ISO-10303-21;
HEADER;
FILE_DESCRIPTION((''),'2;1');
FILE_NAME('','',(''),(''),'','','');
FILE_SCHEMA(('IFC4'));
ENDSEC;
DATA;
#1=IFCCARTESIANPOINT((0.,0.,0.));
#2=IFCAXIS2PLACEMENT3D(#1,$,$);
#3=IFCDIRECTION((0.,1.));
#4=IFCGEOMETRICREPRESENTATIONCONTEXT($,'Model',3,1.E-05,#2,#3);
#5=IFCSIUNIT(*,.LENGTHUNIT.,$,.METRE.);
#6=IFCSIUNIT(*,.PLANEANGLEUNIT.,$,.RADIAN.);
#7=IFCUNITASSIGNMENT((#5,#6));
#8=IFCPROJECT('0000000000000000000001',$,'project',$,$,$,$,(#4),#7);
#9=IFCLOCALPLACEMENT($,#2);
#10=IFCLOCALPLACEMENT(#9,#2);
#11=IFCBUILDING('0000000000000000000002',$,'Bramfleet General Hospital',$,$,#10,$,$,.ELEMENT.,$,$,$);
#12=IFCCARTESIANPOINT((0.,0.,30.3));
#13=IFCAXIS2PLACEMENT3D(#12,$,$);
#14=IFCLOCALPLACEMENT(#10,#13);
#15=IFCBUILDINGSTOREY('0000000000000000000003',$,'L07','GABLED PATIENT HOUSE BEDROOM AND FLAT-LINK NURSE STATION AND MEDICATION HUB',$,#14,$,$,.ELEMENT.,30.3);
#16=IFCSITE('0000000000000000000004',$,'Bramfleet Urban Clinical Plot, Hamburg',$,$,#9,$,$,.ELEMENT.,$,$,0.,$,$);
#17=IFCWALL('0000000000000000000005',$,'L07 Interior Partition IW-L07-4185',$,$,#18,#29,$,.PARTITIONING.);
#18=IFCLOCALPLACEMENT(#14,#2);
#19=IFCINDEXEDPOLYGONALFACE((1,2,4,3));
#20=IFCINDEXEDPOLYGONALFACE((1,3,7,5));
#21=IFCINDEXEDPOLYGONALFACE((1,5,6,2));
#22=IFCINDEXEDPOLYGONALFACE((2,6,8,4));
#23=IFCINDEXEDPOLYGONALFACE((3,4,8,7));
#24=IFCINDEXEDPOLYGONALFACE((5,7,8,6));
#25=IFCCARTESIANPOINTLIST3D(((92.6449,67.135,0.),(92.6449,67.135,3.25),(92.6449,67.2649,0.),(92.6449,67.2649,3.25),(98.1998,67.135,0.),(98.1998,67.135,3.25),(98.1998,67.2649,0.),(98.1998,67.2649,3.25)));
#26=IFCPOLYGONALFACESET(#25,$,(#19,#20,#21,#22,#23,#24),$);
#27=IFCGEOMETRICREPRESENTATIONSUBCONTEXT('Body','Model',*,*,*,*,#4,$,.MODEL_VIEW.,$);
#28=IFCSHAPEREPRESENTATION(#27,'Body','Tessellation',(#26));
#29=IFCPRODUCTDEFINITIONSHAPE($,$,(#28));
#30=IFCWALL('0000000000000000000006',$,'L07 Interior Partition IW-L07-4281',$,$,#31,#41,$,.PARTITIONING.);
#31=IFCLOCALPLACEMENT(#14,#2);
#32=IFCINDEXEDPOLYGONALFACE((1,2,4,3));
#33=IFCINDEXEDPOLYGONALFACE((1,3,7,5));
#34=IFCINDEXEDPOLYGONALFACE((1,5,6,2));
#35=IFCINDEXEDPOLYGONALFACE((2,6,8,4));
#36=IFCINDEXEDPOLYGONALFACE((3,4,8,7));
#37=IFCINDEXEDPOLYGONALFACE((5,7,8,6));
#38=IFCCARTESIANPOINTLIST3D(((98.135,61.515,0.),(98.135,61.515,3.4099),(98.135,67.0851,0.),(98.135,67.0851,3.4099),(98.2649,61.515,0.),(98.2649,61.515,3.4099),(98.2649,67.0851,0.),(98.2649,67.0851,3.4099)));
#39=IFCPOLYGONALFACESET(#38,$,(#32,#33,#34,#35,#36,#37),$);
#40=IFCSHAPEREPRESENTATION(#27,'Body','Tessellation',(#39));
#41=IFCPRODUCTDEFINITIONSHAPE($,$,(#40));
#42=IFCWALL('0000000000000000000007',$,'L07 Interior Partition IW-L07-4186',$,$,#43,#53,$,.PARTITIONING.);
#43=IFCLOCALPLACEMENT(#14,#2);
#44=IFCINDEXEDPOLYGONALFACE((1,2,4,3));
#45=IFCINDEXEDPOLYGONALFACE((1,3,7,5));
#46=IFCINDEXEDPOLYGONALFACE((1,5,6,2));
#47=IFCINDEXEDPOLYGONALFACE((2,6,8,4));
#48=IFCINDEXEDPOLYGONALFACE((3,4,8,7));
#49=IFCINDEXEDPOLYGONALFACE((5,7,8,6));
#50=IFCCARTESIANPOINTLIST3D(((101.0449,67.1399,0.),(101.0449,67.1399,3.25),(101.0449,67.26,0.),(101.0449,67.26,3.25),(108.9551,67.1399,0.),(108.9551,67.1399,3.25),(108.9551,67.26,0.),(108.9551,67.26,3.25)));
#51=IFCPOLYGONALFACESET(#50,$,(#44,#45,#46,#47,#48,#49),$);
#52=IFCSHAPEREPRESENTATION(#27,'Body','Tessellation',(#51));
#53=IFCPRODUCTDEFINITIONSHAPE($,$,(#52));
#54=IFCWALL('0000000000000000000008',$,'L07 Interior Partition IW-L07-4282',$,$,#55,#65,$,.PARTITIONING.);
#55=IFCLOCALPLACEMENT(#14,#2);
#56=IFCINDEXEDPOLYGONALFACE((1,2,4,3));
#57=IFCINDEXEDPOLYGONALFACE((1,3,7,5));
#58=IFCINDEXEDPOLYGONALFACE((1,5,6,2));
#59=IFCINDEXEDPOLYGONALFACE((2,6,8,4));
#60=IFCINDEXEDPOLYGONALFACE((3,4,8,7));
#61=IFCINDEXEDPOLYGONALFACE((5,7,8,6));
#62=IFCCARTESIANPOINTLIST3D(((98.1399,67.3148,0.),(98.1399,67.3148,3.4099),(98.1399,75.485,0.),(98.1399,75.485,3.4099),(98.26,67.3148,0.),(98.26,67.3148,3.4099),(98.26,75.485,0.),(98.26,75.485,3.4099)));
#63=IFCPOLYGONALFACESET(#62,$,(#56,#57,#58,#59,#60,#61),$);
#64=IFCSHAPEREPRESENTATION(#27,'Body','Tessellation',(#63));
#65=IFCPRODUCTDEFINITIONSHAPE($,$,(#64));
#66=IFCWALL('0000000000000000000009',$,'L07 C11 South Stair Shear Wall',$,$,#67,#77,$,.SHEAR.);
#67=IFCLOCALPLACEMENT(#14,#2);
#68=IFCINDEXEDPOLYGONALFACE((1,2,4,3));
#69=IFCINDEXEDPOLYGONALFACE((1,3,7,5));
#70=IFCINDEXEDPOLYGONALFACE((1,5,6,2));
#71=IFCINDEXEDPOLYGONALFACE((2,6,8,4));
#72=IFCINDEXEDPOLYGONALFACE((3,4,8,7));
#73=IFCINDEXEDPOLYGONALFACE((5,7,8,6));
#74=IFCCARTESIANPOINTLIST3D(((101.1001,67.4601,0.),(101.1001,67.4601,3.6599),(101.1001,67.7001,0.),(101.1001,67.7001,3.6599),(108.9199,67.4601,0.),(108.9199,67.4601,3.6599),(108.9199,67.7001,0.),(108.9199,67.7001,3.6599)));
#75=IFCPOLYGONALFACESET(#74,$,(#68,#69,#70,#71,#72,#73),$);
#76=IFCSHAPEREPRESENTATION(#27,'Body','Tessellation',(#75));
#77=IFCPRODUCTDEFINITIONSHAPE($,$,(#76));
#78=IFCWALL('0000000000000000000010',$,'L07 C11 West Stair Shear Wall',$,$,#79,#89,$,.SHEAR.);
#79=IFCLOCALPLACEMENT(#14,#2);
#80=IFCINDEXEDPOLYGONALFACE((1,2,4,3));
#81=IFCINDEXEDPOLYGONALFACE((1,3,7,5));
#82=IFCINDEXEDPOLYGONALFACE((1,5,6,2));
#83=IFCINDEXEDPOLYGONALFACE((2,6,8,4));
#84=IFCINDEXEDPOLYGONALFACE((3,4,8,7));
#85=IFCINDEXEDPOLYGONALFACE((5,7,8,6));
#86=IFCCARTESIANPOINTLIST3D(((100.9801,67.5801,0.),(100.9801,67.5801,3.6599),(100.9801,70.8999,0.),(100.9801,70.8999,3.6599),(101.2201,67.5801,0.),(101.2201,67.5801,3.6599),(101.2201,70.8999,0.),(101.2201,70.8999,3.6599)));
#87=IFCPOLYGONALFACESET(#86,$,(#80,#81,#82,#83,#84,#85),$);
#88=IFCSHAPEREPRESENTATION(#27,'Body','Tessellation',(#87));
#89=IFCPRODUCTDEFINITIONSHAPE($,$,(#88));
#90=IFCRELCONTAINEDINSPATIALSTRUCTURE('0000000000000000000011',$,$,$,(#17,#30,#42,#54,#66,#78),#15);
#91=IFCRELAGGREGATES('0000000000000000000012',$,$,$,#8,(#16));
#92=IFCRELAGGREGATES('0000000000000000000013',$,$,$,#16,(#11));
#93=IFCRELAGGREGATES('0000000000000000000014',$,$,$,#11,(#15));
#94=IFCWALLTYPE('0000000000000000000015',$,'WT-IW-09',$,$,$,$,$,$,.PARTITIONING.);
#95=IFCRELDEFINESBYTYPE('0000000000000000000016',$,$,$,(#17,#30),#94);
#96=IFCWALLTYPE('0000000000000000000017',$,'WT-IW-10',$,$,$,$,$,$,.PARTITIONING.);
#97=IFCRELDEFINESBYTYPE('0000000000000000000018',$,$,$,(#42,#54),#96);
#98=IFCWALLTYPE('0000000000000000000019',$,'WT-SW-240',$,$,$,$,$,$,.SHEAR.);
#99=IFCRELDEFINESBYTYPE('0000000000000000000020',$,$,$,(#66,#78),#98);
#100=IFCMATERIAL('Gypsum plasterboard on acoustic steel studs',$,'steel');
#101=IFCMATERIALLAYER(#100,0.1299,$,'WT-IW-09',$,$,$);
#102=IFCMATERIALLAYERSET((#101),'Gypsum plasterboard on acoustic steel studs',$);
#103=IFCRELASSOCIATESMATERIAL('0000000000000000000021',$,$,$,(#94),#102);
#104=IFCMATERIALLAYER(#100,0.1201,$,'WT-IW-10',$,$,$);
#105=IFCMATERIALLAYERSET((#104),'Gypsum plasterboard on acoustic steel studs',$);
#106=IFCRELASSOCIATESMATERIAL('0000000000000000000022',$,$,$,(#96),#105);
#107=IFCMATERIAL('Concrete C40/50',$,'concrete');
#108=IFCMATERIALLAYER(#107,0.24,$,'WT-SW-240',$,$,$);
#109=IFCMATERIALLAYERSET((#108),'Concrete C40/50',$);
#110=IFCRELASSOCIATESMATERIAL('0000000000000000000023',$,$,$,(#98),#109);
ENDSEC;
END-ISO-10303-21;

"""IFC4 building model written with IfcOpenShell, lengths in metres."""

from ifc_helpers import new_model, si_unit, direction, frame, frame_2d, origin, place, context, subcontext, project, spatial, rectangle, extrude, material, layer, layer_set, type_object, element, save


model = new_model("IFC4")

# Units and contexts
model_context = context("Model", 3, precision=1e-05, world=origin(), true_north=direction((0.0, 1.0)))
body_context = subcontext(model_context, "Body", "Model", "MODEL_VIEW")
ifc_project = project(units=[si_unit("LENGTHUNIT", "METRE"), si_unit("PLANEANGLEUNIT", "RADIAN")], contexts=[model_context])

# Site, building, storey
site_placement = place(None, origin())
site = spatial("IfcSite", under=ifc_project, at=site_placement, Name="Bramfleet Urban Clinical Plot, Hamburg", CompositionType="ELEMENT", RefElevation=0.0)
building_placement = place(site_placement, origin())
building = spatial("IfcBuilding", under=site, at=building_placement, Name="Bramfleet General Hospital", CompositionType="ELEMENT")
storey_placement = place(building_placement, frame((0.0, 0.0, 30.3)))
storey = spatial("IfcBuildingStorey", under=building, at=storey_placement, Name="L07", Description="GABLED PATIENT HOUSE BEDROOM AND FLAT-LINK NURSE STATION AND MEDICATION HUB", CompositionType="ELEMENT", Elevation=30.3)

# Shared definitions
ifc_material_1 = material(Name="Concrete C40/50", Category="concrete")

# Shared definitions
ifc_material_2 = material(Name="Gypsum plasterboard on acoustic steel studs", Category="steel")

# Walls
ifc_layer_1 = layer(ifc_material_2, 0.1299, Name="WT-IW-09")
ifc_layer_set_1 = layer_set([ifc_layer_1], Name="Gypsum plasterboard on acoustic steel studs")
wall_type_1 = type_object("IfcWallType", Name="WT-IW-09", PredefinedType="PARTITIONING", material=ifc_layer_set_1)
wall_1_placement = place(storey_placement, frame((92.645, 67.2, 0.0), z_axis=(0.0, 0.0, 1.0), x_axis=(1.0, 0.0, 0.0)))
element("IfcWall", 1, at=wall_1_placement, inside=storey, type_object=wall_type_1, Name="L07 Interior Partition IW-L07-4185", PredefinedType="PARTITIONING", context=body_context, shape_type="SweptSolid", body=[
    extrude(rectangle(XDim=5.5549, YDim=0.1299, at=frame_2d((2.7773, 0.0))), origin(), (0.0, 0.0, 1.0), 3.25),
])
wall_2_placement = place(storey_placement, frame((98.2, 61.5149, 0.0), z_axis=(0.0, 0.0, 1.0), x_axis=(0.0, 1.0, 0.0)))
element("IfcWall", 2, at=wall_2_placement, inside=storey, type_object=wall_type_1, Name="L07 Interior Partition IW-L07-4281", PredefinedType="PARTITIONING", context=body_context, shape_type="SweptSolid", body=[
    extrude(rectangle(XDim=5.5701, YDim=0.1299, at=frame_2d((2.7852, 0.0))), origin(), (0.0, 0.0, 1.0), 3.4099),
])
ifc_layer_2 = layer(ifc_material_2, 0.1201, Name="WT-IW-10")
ifc_layer_set_2 = layer_set([ifc_layer_2], Name="Gypsum plasterboard on acoustic steel studs")
wall_type_2 = type_object("IfcWallType", Name="WT-IW-10", PredefinedType="PARTITIONING", material=ifc_layer_set_2)
wall_3_placement = place(storey_placement, frame((101.0449, 67.2, 0.0), z_axis=(0.0, 0.0, 1.0), x_axis=(1.0, 0.0, 0.0)))
element("IfcWall", 3, at=wall_3_placement, inside=storey, type_object=wall_type_2, Name="L07 Interior Partition IW-L07-4186", PredefinedType="PARTITIONING", context=body_context, shape_type="SweptSolid", body=[
    extrude(rectangle(XDim=7.9102, YDim=0.1201, at=frame_2d((3.9551, 0.0))), origin(), (0.0, 0.0, 1.0), 3.25),
])
wall_4_placement = place(storey_placement, frame((98.2, 67.3149, 0.0), z_axis=(0.0, 0.0, 1.0), x_axis=(0.0, 1.0, 0.0)))
element("IfcWall", 4, at=wall_4_placement, inside=storey, type_object=wall_type_2, Name="L07 Interior Partition IW-L07-4282", PredefinedType="PARTITIONING", context=body_context, shape_type="SweptSolid", body=[
    extrude(rectangle(XDim=8.1702, YDim=0.1201, at=frame_2d((4.085, 0.0))), origin(), (0.0, 0.0, 1.0), 3.4099),
])
ifc_layer_3 = layer(ifc_material_1, 0.24, Name="WT-SW-240")
ifc_layer_set_3 = layer_set([ifc_layer_3], Name="Concrete C40/50")
wall_type_3 = type_object("IfcWallType", Name="WT-SW-240", PredefinedType="SHEAR", material=ifc_layer_set_3)
wall_5_placement = place(storey_placement, frame((101.1001, 67.5801, 0.0), z_axis=(0.0, 0.0, 1.0), x_axis=(1.0, 0.0, 0.0)))
element("IfcWall", 5, at=wall_5_placement, inside=storey, type_object=wall_type_3, Name="L07 C11 South Stair Shear Wall", PredefinedType="SHEAR", context=body_context, shape_type="SweptSolid", body=[
    extrude(rectangle(XDim=7.8198, YDim=0.24, at=frame_2d((3.9099, 0.0))), origin(), (0.0, 0.0, 1.0), 3.6599),
])
wall_6_placement = place(storey_placement, frame((101.1001, 67.5801, 0.0), z_axis=(0.0, 0.0, 1.0), x_axis=(0.0, 1.0, 0.0)))
element("IfcWall", 6, at=wall_6_placement, inside=storey, type_object=wall_type_3, Name="L07 C11 West Stair Shear Wall", PredefinedType="SHEAR", context=body_context, shape_type="SweptSolid", body=[
    extrude(rectangle(XDim=3.3198, YDim=0.24, at=frame_2d((1.6599, 0.0))), origin(), (0.0, 0.0, 1.0), 3.6599),
])

save(model, "model.ifc")
